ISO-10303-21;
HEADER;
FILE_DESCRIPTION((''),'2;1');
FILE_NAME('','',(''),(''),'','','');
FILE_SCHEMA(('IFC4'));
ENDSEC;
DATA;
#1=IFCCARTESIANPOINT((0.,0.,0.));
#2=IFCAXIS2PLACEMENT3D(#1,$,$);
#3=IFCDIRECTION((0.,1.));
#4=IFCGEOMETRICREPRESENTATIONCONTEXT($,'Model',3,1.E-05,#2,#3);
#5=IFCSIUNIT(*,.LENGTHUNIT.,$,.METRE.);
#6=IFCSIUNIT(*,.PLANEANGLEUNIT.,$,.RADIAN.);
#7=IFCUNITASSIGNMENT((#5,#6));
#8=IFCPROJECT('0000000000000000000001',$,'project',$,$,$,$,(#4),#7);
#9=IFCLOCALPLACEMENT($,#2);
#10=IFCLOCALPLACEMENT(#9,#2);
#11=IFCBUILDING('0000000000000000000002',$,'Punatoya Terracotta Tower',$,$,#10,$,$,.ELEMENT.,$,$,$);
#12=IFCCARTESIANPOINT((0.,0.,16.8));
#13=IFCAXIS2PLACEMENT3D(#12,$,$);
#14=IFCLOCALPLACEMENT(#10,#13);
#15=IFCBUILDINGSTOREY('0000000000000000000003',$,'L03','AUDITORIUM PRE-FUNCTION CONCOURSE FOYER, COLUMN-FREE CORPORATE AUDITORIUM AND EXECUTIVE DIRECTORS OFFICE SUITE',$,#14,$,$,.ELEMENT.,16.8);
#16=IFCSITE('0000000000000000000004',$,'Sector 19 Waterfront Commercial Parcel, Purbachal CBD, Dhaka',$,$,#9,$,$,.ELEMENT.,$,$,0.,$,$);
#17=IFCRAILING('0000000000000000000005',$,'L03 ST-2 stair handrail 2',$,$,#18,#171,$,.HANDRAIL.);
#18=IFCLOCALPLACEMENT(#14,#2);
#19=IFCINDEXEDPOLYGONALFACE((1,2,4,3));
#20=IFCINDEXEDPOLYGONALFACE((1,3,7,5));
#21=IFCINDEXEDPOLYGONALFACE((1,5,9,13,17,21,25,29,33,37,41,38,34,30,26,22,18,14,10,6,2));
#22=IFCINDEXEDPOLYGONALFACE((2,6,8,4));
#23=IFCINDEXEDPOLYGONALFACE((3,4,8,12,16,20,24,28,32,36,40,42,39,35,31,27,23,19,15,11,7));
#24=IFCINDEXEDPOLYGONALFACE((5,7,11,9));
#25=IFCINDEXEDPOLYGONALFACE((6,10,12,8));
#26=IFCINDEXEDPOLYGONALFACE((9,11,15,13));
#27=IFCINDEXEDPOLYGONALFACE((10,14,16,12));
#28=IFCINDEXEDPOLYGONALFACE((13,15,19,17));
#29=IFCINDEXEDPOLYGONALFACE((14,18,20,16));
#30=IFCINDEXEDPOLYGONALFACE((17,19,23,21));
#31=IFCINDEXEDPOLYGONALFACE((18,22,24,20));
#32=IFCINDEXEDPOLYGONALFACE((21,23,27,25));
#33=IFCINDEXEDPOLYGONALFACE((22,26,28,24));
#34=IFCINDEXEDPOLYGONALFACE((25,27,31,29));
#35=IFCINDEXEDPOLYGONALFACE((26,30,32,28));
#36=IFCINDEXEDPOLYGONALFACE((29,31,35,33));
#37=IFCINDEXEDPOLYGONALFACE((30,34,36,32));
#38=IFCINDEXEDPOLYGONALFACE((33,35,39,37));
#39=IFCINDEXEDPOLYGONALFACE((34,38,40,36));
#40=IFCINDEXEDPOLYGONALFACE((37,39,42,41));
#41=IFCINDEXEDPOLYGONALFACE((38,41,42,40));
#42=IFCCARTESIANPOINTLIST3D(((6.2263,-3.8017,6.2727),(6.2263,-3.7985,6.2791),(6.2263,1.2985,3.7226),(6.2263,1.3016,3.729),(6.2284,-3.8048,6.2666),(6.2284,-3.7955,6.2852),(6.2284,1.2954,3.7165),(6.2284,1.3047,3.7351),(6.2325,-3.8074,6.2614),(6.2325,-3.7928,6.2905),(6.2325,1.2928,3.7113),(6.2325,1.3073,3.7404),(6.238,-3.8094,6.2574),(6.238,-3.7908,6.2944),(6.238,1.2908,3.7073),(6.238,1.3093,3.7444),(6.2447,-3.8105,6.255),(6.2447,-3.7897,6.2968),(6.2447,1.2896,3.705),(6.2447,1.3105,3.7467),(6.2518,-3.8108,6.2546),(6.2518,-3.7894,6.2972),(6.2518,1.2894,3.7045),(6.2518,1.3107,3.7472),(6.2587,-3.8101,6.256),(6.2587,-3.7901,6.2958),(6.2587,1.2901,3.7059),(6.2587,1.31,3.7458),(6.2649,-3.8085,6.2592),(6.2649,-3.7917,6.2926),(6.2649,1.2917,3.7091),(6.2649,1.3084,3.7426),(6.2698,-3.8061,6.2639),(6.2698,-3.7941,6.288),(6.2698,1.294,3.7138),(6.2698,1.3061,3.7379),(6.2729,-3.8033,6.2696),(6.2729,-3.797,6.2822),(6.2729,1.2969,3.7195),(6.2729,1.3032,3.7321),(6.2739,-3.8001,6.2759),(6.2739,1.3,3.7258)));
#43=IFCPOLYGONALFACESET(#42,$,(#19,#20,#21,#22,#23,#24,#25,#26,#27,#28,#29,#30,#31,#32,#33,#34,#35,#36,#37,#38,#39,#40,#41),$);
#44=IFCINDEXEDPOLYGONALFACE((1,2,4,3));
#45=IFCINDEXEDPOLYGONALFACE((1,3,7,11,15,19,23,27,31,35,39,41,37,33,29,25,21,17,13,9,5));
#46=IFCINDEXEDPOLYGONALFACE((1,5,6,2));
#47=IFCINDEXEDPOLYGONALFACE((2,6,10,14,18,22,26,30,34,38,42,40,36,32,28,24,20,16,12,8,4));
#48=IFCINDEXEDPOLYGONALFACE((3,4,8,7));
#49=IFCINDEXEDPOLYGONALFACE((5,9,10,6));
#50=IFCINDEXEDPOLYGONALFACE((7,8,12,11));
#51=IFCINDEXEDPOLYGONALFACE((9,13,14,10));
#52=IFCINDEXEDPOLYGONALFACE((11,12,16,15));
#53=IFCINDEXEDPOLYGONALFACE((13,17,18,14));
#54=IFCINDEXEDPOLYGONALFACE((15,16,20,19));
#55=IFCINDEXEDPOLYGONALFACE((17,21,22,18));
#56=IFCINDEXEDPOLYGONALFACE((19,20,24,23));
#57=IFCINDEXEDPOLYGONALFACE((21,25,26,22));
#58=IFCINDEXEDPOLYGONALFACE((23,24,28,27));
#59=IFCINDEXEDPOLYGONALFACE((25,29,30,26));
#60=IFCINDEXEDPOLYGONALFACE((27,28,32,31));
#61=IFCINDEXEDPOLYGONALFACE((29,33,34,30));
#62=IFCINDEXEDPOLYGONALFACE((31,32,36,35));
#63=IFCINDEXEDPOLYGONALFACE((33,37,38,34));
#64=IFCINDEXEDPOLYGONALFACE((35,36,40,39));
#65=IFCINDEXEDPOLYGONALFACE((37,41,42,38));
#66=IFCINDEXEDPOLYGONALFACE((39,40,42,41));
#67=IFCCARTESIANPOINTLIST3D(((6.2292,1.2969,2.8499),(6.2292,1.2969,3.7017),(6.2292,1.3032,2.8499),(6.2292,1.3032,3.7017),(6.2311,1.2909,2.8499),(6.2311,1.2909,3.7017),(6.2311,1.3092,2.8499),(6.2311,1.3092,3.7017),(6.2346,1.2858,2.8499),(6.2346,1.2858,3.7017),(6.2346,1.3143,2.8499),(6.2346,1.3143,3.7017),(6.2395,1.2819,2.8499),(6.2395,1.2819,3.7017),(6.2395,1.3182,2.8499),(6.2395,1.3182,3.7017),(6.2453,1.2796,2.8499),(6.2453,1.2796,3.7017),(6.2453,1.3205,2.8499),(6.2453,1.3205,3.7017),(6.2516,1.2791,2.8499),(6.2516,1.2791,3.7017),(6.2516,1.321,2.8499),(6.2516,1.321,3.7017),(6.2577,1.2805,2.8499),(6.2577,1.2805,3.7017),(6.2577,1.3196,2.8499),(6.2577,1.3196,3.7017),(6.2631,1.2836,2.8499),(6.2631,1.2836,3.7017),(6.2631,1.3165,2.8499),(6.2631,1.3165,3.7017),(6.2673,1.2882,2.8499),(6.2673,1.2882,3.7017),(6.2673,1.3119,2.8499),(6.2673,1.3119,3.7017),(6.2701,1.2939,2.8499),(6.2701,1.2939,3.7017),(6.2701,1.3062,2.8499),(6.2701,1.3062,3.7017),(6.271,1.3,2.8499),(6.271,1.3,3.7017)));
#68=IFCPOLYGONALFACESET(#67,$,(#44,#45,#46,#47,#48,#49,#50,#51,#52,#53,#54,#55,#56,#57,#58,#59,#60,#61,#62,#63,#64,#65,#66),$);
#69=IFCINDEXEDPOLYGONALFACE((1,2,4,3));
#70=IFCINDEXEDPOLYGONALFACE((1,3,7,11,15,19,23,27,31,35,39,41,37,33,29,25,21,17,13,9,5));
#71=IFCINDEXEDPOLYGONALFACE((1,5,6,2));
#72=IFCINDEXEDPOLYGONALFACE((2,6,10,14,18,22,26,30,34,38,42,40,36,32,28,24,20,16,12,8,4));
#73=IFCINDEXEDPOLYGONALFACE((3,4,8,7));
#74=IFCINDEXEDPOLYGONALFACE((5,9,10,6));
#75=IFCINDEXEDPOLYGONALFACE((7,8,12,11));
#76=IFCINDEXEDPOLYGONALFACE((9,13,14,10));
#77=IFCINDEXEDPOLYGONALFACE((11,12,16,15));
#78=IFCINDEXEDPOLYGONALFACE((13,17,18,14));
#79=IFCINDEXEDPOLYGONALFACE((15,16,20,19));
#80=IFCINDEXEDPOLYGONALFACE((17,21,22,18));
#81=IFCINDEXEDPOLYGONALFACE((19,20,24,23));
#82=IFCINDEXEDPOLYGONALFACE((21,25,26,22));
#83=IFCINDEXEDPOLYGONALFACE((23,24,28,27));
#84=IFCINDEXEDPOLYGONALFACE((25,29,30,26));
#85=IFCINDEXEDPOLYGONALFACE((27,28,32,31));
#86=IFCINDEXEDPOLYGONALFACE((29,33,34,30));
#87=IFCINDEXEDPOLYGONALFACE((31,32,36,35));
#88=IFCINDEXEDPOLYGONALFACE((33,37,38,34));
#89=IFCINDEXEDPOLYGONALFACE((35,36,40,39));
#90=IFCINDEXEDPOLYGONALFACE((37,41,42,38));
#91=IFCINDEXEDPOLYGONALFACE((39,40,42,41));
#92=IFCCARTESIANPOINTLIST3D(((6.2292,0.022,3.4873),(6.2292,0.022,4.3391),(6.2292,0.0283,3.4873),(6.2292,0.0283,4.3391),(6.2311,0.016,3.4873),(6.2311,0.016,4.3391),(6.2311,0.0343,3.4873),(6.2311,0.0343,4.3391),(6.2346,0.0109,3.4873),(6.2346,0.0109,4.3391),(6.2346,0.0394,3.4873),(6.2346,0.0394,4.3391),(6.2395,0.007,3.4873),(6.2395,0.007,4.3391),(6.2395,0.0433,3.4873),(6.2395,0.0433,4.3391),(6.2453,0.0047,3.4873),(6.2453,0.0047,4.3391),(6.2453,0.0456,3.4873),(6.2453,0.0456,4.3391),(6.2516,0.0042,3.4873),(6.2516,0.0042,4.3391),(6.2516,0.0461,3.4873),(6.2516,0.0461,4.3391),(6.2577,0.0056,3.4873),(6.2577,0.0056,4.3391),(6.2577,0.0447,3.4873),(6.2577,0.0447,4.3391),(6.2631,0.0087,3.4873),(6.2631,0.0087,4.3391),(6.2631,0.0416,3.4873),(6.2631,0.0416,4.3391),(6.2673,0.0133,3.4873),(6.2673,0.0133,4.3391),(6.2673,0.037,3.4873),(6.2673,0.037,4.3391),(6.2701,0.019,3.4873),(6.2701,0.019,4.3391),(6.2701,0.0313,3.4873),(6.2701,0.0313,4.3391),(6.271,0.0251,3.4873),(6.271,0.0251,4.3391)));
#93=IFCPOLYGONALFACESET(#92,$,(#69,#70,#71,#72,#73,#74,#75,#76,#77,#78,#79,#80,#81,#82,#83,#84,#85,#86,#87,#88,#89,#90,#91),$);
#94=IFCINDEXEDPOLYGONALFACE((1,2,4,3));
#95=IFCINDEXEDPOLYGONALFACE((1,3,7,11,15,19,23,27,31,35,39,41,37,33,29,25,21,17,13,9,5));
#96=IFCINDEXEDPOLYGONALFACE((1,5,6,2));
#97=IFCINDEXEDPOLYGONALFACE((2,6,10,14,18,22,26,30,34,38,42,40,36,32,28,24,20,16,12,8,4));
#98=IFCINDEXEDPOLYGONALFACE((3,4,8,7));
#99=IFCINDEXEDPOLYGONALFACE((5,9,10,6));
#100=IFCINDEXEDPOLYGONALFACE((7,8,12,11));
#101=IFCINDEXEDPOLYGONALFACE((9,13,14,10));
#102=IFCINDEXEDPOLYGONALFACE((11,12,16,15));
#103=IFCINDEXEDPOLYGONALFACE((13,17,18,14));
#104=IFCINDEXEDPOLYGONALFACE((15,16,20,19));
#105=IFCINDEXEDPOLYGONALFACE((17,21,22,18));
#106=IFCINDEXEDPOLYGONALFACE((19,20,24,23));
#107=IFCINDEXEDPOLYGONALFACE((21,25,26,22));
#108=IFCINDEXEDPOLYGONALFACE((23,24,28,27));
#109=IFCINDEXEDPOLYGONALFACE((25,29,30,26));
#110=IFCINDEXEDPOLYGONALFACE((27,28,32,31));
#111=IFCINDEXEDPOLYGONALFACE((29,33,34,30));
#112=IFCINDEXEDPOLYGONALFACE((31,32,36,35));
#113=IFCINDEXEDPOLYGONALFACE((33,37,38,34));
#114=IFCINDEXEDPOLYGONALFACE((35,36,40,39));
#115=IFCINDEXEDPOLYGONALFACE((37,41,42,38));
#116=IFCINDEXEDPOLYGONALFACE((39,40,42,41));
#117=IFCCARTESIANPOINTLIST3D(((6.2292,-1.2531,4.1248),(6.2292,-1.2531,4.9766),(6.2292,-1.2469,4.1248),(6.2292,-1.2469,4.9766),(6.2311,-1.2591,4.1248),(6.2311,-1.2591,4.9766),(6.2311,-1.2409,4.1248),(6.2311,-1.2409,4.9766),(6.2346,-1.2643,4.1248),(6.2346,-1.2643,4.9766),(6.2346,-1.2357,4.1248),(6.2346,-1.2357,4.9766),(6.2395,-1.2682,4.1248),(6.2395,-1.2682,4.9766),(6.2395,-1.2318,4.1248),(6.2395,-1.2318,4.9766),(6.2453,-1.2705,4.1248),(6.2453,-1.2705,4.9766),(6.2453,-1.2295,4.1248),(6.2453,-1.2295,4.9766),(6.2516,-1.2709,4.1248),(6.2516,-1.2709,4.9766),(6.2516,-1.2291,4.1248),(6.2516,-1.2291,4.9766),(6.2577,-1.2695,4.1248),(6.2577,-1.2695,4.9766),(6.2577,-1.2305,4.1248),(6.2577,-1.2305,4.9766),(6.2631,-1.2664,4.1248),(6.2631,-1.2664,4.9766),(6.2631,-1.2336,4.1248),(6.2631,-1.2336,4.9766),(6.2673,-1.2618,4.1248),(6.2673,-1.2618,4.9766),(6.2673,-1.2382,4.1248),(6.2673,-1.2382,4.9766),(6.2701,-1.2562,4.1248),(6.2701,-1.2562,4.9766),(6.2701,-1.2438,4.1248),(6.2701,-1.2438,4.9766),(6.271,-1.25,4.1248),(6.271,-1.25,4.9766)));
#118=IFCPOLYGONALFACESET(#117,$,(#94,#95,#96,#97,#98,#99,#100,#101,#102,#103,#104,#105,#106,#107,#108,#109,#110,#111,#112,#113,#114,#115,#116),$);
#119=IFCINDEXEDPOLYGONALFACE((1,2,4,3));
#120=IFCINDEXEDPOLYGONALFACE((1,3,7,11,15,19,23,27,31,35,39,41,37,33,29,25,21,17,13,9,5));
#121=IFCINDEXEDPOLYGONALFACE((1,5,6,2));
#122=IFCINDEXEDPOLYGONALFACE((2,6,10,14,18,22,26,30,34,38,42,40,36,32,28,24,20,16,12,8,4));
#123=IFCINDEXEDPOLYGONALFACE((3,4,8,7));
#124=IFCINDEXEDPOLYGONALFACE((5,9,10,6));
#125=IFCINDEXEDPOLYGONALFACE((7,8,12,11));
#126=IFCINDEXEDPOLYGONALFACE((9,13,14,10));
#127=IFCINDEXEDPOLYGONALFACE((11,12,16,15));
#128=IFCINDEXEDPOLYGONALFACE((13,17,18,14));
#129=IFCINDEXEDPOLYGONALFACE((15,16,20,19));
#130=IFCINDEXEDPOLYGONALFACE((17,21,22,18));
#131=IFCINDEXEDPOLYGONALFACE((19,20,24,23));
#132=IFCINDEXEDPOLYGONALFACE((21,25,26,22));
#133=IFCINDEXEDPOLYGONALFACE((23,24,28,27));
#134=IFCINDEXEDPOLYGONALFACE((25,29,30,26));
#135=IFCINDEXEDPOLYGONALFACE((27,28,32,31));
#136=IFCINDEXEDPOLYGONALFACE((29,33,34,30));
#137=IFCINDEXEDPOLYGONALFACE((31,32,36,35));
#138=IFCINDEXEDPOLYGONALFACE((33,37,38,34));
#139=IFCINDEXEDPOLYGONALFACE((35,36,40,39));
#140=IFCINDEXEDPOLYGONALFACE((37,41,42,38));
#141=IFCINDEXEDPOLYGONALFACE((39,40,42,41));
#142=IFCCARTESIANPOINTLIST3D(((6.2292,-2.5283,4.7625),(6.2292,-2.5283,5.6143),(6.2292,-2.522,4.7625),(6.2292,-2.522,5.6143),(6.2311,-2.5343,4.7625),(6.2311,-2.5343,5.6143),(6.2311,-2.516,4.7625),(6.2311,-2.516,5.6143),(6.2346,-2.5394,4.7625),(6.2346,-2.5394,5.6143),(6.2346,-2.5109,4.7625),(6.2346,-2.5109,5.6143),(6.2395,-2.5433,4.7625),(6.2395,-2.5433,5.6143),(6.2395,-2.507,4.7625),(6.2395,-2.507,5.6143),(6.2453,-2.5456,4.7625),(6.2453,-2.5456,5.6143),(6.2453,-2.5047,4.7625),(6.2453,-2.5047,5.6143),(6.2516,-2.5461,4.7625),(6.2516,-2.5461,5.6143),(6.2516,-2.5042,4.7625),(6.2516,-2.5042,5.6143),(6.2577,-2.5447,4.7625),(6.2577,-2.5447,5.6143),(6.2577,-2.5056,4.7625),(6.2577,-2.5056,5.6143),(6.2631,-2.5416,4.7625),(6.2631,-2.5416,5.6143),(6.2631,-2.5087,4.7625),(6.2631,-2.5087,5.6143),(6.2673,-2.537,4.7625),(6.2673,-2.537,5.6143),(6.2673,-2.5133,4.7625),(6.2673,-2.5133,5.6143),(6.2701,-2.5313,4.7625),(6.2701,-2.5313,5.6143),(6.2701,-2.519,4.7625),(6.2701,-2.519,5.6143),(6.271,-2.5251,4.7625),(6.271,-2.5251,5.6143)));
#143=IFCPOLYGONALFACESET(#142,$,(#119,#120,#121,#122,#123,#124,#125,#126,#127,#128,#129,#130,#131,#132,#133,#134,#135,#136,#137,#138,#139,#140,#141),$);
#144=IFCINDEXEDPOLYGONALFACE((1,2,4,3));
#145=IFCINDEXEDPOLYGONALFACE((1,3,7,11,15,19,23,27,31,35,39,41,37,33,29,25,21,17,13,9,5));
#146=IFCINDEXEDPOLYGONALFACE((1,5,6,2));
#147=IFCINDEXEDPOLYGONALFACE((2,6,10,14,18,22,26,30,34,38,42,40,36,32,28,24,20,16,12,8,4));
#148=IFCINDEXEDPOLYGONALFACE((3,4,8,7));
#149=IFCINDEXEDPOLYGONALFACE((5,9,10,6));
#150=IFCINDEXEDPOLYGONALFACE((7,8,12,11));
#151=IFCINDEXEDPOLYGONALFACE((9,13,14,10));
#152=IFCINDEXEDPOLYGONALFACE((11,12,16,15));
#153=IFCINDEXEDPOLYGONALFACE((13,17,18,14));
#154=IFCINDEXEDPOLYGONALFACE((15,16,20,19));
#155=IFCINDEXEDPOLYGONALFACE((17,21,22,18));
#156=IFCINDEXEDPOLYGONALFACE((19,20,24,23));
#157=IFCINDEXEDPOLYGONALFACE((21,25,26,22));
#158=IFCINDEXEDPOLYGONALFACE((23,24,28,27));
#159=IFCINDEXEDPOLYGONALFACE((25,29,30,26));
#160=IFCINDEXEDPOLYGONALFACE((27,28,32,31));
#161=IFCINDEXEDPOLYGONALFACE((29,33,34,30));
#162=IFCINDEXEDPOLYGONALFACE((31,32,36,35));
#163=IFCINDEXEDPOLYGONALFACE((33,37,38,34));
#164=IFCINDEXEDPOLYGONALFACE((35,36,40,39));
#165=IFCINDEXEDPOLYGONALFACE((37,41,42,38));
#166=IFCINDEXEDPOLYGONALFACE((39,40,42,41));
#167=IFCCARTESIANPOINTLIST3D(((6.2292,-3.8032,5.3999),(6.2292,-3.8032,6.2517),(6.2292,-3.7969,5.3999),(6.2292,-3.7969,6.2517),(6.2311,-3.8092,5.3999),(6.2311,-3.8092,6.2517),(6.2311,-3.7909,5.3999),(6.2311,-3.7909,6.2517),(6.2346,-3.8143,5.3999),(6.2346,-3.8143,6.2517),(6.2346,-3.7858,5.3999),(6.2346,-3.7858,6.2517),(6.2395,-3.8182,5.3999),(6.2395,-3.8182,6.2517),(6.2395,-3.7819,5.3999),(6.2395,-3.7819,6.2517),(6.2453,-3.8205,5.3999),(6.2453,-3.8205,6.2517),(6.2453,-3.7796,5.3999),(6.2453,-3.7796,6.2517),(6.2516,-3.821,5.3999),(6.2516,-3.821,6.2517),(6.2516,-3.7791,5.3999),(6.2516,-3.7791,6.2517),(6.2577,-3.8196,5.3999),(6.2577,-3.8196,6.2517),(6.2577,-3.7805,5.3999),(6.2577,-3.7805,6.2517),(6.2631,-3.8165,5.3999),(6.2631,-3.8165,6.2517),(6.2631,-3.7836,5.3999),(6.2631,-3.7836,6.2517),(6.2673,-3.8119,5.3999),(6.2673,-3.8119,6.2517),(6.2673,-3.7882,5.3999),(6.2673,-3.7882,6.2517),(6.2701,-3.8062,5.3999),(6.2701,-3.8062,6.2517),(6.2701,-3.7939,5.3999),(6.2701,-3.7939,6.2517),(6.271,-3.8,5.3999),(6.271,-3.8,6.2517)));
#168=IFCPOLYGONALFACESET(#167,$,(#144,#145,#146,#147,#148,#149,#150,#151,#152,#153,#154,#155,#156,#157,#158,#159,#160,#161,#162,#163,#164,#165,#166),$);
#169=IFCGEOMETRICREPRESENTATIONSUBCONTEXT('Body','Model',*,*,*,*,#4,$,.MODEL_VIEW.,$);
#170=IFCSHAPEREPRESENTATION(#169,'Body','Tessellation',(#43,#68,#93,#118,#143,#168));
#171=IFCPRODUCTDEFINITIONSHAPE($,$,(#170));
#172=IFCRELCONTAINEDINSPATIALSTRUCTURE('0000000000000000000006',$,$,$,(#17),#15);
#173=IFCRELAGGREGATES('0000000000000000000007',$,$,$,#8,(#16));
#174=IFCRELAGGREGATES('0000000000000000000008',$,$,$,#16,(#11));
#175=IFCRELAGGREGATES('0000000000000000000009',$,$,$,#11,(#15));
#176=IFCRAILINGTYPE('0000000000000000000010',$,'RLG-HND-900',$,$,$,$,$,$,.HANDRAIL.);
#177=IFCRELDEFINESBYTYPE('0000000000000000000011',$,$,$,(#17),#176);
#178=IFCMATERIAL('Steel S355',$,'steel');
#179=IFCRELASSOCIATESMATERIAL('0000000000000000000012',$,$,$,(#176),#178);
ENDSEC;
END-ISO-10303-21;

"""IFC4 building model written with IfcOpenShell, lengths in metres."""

from ifc_helpers import new_model, si_unit, direction, frame, origin, origin_2d, place, context, subcontext, project, spatial, circle, extrude, material, type_object, element, save


model = new_model("IFC4")

# Units and contexts
model_context = context("Model", 3, precision=1e-05, world=origin(), true_north=direction((0.0, 1.0)))
body_context = subcontext(model_context, "Body", "Model", "MODEL_VIEW")
ifc_project = project(units=[si_unit("LENGTHUNIT", "METRE"), si_unit("PLANEANGLEUNIT", "RADIAN")], contexts=[model_context])

# Site, building, storey
site_placement = place(None, origin())
site = spatial("IfcSite", under=ifc_project, at=site_placement, Name="Sector 19 Waterfront Commercial Parcel, Purbachal CBD, Dhaka", CompositionType="ELEMENT", RefElevation=0.0)
building_placement = place(site_placement, origin())
building = spatial("IfcBuilding", under=site, at=building_placement, Name="Punatoya Terracotta Tower", CompositionType="ELEMENT")
storey_placement = place(building_placement, frame((0.0, 0.0, 16.8)))
storey = spatial("IfcBuildingStorey", under=building, at=storey_placement, Name="L03", Description="AUDITORIUM PRE-FUNCTION CONCOURSE FOYER, COLUMN-FREE CORPORATE AUDITORIUM AND EXECUTIVE DIRECTORS OFFICE SUITE", CompositionType="ELEMENT", Elevation=16.8)

# Shared definitions
ifc_material_1 = material(Name="Steel S355", Category="steel")

# Railing
railing_type_1 = type_object("IfcRailingType", Name="RLG-HND-900", PredefinedType="HANDRAIL", material=ifc_material_1)
railing_1_placement = place(storey_placement, frame((6.25, 1.3, 2.8499)))
element("IfcRailing", 1, at=railing_1_placement, inside=storey, type_object=railing_type_1, Name="L03 ST-2 stair handrail 2", PredefinedType="HANDRAIL", context=body_context, shape_type="SweptSolid", body=[
    extrude(circle(Radius=0.0239, at=origin_2d()), frame((0.0, 0.0, 0.876), z_axis=(0.0, -0.894427, 0.447214), x_axis=(1.0, 0.0, 0.0)), (0.0, 0.0, 1.0), 5.7021),
    extrude(circle(Radius=0.021, at=origin_2d()), origin(), (0.0, 0.0, 1.0), 0.8518),
    extrude(circle(Radius=0.021, at=origin_2d()), frame((0.0, -1.2749, 0.6375)), (0.0, 0.0, 1.0), 0.8518),
    extrude(circle(Radius=0.021, at=origin_2d()), frame((0.0, -2.55, 1.2749)), (0.0, 0.0, 1.0), 0.8518),
    extrude(circle(Radius=0.021, at=origin_2d()), frame((0.0, -3.8252, 1.9126)), (0.0, 0.0, 1.0), 0.8518),
    extrude(circle(Radius=0.021, at=origin_2d()), frame((0.0, -5.1001, 2.55)), (0.0, 0.0, 1.0), 0.8518),
])

save(model, "model.ifc")
